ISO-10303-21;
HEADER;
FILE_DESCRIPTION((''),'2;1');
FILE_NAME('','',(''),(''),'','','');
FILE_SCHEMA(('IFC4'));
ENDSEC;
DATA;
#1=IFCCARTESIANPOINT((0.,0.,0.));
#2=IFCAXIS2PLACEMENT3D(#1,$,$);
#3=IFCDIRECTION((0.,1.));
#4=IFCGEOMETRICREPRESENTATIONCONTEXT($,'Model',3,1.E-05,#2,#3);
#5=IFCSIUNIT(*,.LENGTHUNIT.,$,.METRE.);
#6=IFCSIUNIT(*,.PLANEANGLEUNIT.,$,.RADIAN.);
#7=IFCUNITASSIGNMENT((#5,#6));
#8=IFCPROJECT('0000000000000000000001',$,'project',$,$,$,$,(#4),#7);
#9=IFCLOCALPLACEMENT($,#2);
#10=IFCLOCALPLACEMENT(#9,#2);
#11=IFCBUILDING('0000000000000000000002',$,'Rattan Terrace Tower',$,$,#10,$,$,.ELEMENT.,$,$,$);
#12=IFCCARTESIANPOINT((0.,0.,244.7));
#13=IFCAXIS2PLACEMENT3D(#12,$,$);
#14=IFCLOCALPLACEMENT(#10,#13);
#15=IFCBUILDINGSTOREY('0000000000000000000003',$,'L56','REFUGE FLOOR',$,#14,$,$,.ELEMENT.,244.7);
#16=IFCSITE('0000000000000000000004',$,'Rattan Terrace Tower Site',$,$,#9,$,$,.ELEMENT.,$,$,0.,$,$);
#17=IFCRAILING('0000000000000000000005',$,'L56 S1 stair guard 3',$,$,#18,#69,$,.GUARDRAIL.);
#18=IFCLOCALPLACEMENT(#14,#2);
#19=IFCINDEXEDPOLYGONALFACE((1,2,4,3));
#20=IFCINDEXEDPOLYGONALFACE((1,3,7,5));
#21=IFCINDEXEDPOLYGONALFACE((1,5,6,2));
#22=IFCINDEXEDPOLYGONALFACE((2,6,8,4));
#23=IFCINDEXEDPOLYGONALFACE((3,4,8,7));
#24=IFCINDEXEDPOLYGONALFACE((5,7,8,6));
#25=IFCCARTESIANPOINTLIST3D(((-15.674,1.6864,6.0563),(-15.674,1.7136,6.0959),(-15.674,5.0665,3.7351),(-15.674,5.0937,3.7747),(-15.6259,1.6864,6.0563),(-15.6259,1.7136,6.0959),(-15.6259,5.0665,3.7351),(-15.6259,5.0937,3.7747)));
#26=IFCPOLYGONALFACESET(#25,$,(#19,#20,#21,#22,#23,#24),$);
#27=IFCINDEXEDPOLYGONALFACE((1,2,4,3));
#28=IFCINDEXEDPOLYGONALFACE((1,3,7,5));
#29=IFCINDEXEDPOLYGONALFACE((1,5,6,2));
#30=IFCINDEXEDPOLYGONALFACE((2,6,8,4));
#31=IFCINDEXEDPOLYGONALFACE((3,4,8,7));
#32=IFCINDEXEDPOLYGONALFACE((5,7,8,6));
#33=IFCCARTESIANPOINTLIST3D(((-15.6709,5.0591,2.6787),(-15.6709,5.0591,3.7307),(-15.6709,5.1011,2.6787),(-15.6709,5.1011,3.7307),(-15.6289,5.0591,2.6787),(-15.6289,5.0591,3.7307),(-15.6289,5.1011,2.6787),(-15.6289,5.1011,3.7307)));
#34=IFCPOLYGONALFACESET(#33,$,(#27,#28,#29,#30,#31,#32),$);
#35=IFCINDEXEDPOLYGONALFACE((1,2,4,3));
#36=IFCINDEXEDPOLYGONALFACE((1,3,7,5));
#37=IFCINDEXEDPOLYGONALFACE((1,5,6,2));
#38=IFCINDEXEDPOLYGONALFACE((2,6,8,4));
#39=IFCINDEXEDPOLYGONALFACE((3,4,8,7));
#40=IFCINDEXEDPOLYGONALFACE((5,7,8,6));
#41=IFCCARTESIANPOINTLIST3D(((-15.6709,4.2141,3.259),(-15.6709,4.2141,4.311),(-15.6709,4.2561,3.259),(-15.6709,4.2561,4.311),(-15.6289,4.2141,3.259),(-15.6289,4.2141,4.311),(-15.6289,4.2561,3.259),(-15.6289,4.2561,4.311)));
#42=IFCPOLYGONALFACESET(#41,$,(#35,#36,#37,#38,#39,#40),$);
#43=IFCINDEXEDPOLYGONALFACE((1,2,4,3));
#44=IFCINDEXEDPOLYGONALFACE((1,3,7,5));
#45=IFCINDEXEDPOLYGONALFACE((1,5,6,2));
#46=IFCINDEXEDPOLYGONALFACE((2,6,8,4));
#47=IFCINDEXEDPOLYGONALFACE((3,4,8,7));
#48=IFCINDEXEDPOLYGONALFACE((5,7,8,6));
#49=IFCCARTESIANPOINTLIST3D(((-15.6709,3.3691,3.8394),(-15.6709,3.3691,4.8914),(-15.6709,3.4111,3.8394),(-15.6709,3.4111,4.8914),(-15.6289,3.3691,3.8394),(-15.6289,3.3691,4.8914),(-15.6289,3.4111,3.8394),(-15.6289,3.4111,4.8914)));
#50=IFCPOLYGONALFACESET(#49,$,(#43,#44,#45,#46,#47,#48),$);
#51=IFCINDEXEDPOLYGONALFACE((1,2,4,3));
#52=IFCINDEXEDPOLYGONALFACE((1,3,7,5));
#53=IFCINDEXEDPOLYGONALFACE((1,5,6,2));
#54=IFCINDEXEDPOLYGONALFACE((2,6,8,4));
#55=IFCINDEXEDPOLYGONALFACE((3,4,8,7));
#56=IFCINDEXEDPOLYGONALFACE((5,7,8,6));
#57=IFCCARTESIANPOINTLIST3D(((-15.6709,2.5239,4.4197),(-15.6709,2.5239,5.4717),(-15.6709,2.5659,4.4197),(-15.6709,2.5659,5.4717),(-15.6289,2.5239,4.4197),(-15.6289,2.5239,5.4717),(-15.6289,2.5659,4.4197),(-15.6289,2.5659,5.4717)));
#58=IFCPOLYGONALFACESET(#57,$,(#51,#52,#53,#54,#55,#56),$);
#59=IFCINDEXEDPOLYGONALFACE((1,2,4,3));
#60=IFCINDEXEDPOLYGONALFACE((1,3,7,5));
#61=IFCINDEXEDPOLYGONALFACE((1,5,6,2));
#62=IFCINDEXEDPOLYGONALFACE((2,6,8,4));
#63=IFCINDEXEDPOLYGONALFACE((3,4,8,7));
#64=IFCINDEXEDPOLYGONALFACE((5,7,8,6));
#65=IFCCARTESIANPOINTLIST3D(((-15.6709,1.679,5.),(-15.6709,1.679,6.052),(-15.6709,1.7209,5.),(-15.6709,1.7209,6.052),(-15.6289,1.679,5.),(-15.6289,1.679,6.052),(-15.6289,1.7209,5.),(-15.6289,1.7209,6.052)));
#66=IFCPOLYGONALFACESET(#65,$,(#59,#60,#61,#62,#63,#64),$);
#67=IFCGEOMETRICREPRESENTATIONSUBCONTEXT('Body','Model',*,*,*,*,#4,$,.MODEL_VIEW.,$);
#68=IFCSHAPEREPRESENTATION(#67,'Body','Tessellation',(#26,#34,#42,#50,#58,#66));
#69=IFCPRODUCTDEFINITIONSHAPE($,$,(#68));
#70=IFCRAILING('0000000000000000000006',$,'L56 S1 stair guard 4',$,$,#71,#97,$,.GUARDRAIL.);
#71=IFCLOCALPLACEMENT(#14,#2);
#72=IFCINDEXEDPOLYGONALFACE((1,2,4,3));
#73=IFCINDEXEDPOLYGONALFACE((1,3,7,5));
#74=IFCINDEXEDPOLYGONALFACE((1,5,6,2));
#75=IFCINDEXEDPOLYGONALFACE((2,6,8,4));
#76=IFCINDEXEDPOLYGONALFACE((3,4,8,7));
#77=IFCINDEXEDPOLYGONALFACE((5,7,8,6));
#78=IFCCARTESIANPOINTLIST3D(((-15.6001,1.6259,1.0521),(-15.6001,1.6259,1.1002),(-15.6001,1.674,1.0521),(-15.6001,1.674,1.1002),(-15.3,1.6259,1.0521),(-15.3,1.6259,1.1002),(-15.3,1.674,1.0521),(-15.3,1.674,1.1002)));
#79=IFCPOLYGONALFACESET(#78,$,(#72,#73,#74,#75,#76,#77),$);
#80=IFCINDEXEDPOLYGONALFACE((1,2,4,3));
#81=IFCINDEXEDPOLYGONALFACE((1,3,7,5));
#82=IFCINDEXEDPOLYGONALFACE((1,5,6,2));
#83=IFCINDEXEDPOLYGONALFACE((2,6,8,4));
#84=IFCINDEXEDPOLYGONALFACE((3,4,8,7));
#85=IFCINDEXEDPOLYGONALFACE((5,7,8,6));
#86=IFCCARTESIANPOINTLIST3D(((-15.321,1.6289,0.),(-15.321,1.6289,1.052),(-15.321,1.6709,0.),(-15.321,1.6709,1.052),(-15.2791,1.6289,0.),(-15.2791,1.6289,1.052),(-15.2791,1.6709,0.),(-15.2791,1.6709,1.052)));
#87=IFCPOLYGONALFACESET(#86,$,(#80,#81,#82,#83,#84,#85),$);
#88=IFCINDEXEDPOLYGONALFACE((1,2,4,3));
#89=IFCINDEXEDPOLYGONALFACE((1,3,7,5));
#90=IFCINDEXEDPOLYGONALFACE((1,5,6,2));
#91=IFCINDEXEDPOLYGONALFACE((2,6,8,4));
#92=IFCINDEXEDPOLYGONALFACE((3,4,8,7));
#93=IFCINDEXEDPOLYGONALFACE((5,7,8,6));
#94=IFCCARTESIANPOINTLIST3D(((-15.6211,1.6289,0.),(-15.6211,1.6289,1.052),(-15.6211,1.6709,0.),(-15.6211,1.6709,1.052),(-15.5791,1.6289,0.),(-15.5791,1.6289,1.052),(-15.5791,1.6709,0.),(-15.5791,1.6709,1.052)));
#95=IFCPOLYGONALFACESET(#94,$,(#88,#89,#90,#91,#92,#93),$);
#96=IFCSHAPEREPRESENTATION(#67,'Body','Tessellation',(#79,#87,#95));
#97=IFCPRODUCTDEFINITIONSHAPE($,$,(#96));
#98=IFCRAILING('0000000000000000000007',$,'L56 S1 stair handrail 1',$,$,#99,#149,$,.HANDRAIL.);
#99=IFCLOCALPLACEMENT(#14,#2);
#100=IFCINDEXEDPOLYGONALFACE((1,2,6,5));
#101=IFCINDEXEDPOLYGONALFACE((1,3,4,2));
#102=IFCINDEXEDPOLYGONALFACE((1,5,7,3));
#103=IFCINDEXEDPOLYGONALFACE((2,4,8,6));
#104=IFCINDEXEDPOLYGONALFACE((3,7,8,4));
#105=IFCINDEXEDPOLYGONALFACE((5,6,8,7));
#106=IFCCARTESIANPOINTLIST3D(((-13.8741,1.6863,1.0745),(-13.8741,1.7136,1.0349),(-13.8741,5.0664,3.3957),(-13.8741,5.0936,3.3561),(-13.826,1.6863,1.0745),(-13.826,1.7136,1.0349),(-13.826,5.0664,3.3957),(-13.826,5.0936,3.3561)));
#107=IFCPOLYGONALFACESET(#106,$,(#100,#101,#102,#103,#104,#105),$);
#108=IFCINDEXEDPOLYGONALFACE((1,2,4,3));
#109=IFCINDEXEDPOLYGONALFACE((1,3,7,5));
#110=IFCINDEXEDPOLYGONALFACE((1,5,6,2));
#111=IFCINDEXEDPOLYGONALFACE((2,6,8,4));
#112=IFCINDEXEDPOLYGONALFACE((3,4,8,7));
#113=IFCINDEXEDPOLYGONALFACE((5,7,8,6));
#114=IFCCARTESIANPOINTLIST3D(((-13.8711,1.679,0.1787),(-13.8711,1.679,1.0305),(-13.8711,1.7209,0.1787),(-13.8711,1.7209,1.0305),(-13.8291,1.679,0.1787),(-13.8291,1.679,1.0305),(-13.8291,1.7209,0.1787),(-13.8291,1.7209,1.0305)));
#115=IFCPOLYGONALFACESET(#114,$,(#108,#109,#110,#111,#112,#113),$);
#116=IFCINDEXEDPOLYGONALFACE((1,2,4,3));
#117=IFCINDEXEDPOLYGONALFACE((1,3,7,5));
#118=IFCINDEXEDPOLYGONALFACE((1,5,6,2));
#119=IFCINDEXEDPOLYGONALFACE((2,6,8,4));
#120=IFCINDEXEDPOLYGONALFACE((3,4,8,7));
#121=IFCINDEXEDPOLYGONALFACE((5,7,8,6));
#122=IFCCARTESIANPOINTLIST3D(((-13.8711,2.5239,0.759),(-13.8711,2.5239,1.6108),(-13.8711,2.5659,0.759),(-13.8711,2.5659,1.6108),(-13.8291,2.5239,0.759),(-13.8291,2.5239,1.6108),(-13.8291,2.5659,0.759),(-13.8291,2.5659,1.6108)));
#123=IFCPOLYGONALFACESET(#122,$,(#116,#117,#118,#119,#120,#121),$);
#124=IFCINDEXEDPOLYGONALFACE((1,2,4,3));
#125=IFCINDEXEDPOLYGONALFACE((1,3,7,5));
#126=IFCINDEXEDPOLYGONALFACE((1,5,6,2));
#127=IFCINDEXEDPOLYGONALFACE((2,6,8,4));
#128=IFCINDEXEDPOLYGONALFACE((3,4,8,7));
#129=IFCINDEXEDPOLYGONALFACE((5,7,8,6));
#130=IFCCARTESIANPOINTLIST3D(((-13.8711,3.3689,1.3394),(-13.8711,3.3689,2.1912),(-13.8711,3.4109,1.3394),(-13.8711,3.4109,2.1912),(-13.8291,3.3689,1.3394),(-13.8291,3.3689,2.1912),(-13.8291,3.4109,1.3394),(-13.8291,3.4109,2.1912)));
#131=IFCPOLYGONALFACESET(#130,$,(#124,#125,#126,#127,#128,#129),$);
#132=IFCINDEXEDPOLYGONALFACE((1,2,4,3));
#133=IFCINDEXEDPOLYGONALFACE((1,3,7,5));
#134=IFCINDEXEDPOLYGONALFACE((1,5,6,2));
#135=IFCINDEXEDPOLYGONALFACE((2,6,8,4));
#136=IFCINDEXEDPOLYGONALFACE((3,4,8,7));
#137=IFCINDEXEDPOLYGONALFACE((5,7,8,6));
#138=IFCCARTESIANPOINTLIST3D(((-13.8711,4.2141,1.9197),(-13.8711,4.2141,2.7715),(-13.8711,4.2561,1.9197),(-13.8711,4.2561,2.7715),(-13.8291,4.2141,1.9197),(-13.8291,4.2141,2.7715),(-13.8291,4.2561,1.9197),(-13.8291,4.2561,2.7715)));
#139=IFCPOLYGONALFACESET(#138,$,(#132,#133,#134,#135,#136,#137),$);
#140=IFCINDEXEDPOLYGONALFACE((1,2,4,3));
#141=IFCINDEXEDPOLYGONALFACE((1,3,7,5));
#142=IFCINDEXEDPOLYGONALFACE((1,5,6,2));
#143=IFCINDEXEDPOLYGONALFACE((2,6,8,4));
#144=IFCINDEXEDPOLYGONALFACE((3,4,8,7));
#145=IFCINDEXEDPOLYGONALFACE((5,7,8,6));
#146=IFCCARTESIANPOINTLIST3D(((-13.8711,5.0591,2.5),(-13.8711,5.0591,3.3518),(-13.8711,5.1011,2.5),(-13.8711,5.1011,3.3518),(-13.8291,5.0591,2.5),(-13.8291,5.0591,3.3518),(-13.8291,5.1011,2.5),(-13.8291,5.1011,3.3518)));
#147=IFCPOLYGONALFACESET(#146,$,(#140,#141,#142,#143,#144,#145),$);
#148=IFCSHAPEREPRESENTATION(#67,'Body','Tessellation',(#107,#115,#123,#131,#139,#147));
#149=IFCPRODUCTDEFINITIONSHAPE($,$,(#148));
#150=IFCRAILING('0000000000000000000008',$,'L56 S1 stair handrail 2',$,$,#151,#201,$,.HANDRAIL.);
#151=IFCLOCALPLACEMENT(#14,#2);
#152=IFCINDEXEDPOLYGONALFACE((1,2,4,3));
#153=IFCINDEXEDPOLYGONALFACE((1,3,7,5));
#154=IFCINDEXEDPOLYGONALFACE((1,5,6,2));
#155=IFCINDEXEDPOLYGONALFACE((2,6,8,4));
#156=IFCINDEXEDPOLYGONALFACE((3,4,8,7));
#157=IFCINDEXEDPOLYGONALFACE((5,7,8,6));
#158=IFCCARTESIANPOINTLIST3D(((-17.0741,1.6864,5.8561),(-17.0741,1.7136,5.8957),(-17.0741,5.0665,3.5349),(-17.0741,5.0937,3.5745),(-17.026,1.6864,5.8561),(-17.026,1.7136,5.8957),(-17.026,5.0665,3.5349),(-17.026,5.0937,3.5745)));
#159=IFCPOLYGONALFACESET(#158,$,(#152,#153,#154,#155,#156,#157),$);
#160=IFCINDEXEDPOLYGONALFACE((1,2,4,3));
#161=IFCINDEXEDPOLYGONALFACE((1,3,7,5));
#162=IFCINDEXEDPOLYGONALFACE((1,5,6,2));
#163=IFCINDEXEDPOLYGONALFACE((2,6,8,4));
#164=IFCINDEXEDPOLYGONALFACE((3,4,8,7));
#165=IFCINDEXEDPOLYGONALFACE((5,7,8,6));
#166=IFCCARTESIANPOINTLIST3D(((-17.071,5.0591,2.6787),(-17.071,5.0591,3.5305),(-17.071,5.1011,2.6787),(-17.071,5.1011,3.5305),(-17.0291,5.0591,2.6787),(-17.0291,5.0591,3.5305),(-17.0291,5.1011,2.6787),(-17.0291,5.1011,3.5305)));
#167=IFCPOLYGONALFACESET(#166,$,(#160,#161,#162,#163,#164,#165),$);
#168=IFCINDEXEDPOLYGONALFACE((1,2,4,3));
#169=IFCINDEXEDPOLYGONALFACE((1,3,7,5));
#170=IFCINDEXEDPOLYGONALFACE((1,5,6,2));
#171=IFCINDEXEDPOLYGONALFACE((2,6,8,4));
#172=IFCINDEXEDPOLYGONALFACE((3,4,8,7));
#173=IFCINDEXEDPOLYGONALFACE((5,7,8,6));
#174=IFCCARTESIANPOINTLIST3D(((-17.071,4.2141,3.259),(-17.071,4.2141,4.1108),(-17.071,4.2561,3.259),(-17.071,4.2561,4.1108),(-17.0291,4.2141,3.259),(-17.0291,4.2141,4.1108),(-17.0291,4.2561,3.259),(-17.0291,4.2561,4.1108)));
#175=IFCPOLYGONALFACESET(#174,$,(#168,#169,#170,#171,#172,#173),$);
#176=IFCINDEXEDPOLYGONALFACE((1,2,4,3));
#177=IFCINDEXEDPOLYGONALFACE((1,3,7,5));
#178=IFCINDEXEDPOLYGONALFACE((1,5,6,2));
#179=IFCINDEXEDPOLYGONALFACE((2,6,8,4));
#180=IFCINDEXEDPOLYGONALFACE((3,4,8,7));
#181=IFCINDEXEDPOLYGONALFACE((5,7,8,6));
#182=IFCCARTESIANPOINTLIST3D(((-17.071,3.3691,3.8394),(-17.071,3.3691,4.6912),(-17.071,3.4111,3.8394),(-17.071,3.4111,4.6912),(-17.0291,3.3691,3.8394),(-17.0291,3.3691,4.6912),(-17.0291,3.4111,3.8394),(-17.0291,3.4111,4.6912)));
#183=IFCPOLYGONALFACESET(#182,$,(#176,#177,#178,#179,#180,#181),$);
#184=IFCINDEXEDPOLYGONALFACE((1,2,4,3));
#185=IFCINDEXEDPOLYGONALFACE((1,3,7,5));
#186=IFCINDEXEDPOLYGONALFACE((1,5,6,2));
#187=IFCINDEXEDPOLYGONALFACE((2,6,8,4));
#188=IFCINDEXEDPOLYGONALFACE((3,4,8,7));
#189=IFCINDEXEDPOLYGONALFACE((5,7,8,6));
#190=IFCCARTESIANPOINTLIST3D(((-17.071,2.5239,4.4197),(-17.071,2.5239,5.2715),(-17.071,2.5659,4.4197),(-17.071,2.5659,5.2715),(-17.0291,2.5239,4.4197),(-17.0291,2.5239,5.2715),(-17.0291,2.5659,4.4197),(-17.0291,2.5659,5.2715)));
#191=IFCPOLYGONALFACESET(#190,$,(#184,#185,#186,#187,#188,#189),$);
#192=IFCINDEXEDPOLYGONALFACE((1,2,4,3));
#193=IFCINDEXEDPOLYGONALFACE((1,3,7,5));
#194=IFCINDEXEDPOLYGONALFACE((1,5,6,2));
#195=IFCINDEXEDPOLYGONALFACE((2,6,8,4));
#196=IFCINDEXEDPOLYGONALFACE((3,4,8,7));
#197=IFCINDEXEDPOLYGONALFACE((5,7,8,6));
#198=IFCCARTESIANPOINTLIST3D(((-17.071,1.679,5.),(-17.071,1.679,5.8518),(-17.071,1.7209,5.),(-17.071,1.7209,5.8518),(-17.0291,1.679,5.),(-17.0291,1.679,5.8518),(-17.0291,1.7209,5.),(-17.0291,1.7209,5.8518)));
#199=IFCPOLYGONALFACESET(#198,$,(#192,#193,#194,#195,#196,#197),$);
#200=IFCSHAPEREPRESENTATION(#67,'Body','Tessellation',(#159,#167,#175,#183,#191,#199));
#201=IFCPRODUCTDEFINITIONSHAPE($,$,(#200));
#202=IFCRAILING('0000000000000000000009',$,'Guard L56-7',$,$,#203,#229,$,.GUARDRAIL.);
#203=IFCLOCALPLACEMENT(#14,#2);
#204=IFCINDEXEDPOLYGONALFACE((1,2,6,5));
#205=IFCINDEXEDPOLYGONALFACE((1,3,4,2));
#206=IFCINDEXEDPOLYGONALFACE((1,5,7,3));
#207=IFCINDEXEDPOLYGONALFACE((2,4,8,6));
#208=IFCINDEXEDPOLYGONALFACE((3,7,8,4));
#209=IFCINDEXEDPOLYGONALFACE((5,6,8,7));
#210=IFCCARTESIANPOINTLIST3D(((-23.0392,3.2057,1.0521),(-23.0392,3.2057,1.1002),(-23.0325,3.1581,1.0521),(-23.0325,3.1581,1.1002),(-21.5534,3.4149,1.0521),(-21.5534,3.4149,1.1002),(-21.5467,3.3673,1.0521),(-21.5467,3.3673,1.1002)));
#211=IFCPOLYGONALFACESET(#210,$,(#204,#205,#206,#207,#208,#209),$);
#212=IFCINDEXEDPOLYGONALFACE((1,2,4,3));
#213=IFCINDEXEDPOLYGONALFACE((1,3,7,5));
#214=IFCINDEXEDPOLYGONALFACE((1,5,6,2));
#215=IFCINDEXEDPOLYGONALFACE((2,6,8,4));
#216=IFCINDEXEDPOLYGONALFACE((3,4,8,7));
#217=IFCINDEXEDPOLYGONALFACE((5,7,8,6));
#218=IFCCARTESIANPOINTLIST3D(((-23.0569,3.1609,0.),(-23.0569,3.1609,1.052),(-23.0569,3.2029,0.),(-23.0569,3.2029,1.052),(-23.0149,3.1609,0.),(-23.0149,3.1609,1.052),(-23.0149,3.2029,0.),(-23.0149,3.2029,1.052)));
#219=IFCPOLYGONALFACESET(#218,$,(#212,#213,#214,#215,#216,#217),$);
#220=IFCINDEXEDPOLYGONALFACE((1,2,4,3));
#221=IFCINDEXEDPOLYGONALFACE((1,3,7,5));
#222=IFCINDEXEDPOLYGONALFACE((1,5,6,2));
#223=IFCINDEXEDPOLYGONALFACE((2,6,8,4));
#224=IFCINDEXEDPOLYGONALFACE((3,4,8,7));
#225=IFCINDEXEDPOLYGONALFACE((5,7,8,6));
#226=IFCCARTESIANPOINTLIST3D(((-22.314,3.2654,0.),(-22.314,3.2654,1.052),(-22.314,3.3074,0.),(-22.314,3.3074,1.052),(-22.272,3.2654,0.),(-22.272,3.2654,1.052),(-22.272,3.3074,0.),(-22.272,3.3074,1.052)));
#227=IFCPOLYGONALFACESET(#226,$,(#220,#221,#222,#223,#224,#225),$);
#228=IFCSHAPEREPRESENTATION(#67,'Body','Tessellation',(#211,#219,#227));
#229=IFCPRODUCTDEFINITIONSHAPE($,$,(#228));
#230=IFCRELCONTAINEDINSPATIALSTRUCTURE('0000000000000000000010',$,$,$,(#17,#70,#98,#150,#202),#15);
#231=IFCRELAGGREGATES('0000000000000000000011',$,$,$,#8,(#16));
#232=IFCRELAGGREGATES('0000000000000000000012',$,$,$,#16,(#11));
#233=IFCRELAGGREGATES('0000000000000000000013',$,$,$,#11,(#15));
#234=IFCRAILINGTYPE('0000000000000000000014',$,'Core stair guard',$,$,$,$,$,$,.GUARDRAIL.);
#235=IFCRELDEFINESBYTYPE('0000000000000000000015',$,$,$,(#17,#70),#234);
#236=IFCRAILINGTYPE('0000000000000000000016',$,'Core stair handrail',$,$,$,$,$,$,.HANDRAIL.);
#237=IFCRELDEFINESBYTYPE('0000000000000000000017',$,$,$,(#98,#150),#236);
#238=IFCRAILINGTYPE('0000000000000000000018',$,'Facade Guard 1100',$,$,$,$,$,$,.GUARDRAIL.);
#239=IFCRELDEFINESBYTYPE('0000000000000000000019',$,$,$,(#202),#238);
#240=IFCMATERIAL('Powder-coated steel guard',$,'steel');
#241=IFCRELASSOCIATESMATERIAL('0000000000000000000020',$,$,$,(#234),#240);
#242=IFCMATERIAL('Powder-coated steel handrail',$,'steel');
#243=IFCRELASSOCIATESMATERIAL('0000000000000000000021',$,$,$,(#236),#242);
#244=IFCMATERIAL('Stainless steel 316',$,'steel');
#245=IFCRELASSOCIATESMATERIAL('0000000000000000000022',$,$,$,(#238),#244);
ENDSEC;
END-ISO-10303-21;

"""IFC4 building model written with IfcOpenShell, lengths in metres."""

from ifc_helpers import new_model, si_unit, direction, frame, origin, origin_2d, place, context, subcontext, project, spatial, rectangle, extrude, material, type_object, element, save


model = new_model("IFC4")

# Units and contexts
model_context = context("Model", 3, precision=1e-05, world=origin(), true_north=direction((0.0, 1.0)))
body_context = subcontext(model_context, "Body", "Model", "MODEL_VIEW")
ifc_project = project(units=[si_unit("LENGTHUNIT", "METRE"), si_unit("PLANEANGLEUNIT", "RADIAN")], contexts=[model_context])

# Site, building, storey
site_placement = place(None, origin())
site = spatial("IfcSite", under=ifc_project, at=site_placement, Name="Rattan Terrace Tower Site", CompositionType="ELEMENT", RefElevation=0.0)
building_placement = place(site_placement, origin())
building = spatial("IfcBuilding", under=site, at=building_placement, Name="Rattan Terrace Tower", CompositionType="ELEMENT")
storey_placement = place(building_placement, frame((0.0, 0.0, 244.7)))
storey = spatial("IfcBuildingStorey", under=building, at=storey_placement, Name="L56", Description="REFUGE FLOOR", CompositionType="ELEMENT", Elevation=244.7)

# Railings
ifc_material_1 = material(Name="Powder-coated steel guard", Category="steel")
railing_type_1 = type_object("IfcRailingType", Name="Core stair guard", PredefinedType="GUARDRAIL", material=ifc_material_1)
railing_1_placement = place(storey_placement, frame((-15.6499, 5.0801, 2.6787)))
element("IfcRailing", 1, at=railing_1_placement, inside=storey, type_object=railing_type_1, Name="L56 S1 stair guard 3", PredefinedType="GUARDRAIL", context=body_context, shape_type="SweptSolid", body=[
    extrude(rectangle(XDim=0.0481, YDim=0.0481, at=origin_2d()), frame((0.0, 0.0, 1.0762), z_axis=(0.0, -0.824332, 0.566107), x_axis=(1.0, 0.0, 0.0)), (0.0, 0.0, 1.0), 4.1003),
    extrude(rectangle(XDim=0.042, YDim=0.042, at=origin_2d()), origin(), (0.0, 0.0, 1.0), 1.052),
    extrude(rectangle(XDim=0.042, YDim=0.042, at=origin_2d()), frame((0.0, -0.845, 0.5803)), (0.0, 0.0, 1.0), 1.052),
    extrude(rectangle(XDim=0.042, YDim=0.042, at=origin_2d()), frame((0.0, -1.6899, 1.1606)), (0.0, 0.0, 1.0), 1.052),
    extrude(rectangle(XDim=0.042, YDim=0.042, at=origin_2d()), frame((0.0, -2.5352, 1.741)), (0.0, 0.0, 1.0), 1.052),
    extrude(rectangle(XDim=0.042, YDim=0.042, at=origin_2d()), frame((0.0, -3.3801, 2.3213)), (0.0, 0.0, 1.0), 1.052),
])
railing_2_placement = place(storey_placement, frame((-15.3, 1.6499, 0.0)))
element("IfcRailing", 2, at=railing_2_placement, inside=storey, type_object=railing_type_1, Name="L56 S1 stair guard 4", PredefinedType="GUARDRAIL", context=body_context, shape_type="SweptSolid", body=[
    extrude(rectangle(XDim=0.0481, YDim=0.0481, at=origin_2d()), frame((0.0, 0.0, 1.0762), z_axis=(-1.0, 0.0, 0.0), x_axis=(0.0, -1.0, 0.0)), (0.0, 0.0, 1.0), 0.3),
    extrude(rectangle(XDim=0.042, YDim=0.042, at=origin_2d()), origin(), (0.0, 0.0, 1.0), 1.052),
    extrude(rectangle(XDim=0.042, YDim=0.042, at=origin_2d()), frame((-0.3, 0.0, 0.0)), (0.0, 0.0, 1.0), 1.052),
])
ifc_material_2 = material(Name="Powder-coated steel handrail", Category="steel")
railing_type_2 = type_object("IfcRailingType", Name="Core stair handrail", PredefinedType="HANDRAIL", material=ifc_material_2)
railing_3_placement = place(storey_placement, frame((-13.8501, 1.7, 0.1787)))
element("IfcRailing", 3, at=railing_3_placement, inside=storey, type_object=railing_type_2, Name="L56 S1 stair handrail 1", PredefinedType="HANDRAIL", context=body_context, shape_type="SweptSolid", body=[
    extrude(rectangle(XDim=0.0481, YDim=0.0481, at=origin_2d()), frame((0.0, 0.0, 0.876), z_axis=(0.0, 0.824332, 0.566107), x_axis=(-1.0, 0.0, 0.0)), (0.0, 0.0, 1.0), 4.1003),
    extrude(rectangle(XDim=0.042, YDim=0.042, at=origin_2d()), origin(), (0.0, 0.0, 1.0), 0.8518),
    extrude(rectangle(XDim=0.042, YDim=0.042, at=origin_2d()), frame((0.0, 0.845, 0.5803)), (0.0, 0.0, 1.0), 0.8518),
    extrude(rectangle(XDim=0.042, YDim=0.042, at=origin_2d()), frame((0.0, 1.6899, 1.1606)), (0.0, 0.0, 1.0), 0.8518),
    extrude(rectangle(XDim=0.042, YDim=0.042, at=origin_2d()), frame((0.0, 2.5352, 1.741)), (0.0, 0.0, 1.0), 0.8518),
    extrude(rectangle(XDim=0.042, YDim=0.042, at=origin_2d()), frame((0.0, 3.3801, 2.3213)), (0.0, 0.0, 1.0), 0.8518),
])
railing_4_placement = place(storey_placement, frame((-17.05, 5.0801, 2.6787)))
element("IfcRailing", 4, at=railing_4_placement, inside=storey, type_object=railing_type_2, Name="L56 S1 stair handrail 2", PredefinedType="HANDRAIL", context=body_context, shape_type="SweptSolid", body=[
    extrude(rectangle(XDim=0.0481, YDim=0.0481, at=origin_2d()), frame((0.0, 0.0, 0.876), z_axis=(0.0, -0.824332, 0.566107), x_axis=(1.0, 0.0, 0.0)), (0.0, 0.0, 1.0), 4.1003),
    extrude(rectangle(XDim=0.042, YDim=0.042, at=origin_2d()), origin(), (0.0, 0.0, 1.0), 0.8518),
    extrude(rectangle(XDim=0.042, YDim=0.042, at=origin_2d()), frame((0.0, -0.845, 0.5803)), (0.0, 0.0, 1.0), 0.8518),
    extrude(rectangle(XDim=0.042, YDim=0.042, at=origin_2d()), frame((0.0, -1.6899, 1.1606)), (0.0, 0.0, 1.0), 0.8518),
    extrude(rectangle(XDim=0.042, YDim=0.042, at=origin_2d()), frame((0.0, -2.5352, 1.741)), (0.0, 0.0, 1.0), 0.8518),
    extrude(rectangle(XDim=0.042, YDim=0.042, at=origin_2d()), frame((0.0, -3.3801, 2.3213)), (0.0, 0.0, 1.0), 0.8518),
])
ifc_material_3 = material(Name="Stainless steel 316", Category="steel")
railing_type_3 = type_object("IfcRailingType", Name="Facade Guard 1100", PredefinedType="GUARDRAIL", material=ifc_material_3)
railing_5_placement = place(storey_placement, frame((-23.0359, 3.1819, 0.0)))
element("IfcRailing", 5, at=railing_5_placement, inside=storey, type_object=railing_type_3, Name="Guard L56-7", PredefinedType="GUARDRAIL", context=body_context, shape_type="SweptSolid", body=[
    extrude(rectangle(XDim=0.0481, YDim=0.0481, at=origin_2d()), frame((0.0, 0.0, 1.0762), z_axis=(0.990231, 0.139439, 0.0), x_axis=(-0.139439, 0.990231, 0.0)), (0.0, 0.0, 1.0), 1.5005),
    extrude(rectangle(XDim=0.042, YDim=0.042, at=origin_2d()), origin(), (0.0, 0.0, 1.0), 1.052),
    extrude(rectangle(XDim=0.042, YDim=0.042, at=origin_2d()), frame((0.7429, 0.1045, 0.0)), (0.0, 0.0, 1.0), 1.052),
])

save(model, "model.ifc")
